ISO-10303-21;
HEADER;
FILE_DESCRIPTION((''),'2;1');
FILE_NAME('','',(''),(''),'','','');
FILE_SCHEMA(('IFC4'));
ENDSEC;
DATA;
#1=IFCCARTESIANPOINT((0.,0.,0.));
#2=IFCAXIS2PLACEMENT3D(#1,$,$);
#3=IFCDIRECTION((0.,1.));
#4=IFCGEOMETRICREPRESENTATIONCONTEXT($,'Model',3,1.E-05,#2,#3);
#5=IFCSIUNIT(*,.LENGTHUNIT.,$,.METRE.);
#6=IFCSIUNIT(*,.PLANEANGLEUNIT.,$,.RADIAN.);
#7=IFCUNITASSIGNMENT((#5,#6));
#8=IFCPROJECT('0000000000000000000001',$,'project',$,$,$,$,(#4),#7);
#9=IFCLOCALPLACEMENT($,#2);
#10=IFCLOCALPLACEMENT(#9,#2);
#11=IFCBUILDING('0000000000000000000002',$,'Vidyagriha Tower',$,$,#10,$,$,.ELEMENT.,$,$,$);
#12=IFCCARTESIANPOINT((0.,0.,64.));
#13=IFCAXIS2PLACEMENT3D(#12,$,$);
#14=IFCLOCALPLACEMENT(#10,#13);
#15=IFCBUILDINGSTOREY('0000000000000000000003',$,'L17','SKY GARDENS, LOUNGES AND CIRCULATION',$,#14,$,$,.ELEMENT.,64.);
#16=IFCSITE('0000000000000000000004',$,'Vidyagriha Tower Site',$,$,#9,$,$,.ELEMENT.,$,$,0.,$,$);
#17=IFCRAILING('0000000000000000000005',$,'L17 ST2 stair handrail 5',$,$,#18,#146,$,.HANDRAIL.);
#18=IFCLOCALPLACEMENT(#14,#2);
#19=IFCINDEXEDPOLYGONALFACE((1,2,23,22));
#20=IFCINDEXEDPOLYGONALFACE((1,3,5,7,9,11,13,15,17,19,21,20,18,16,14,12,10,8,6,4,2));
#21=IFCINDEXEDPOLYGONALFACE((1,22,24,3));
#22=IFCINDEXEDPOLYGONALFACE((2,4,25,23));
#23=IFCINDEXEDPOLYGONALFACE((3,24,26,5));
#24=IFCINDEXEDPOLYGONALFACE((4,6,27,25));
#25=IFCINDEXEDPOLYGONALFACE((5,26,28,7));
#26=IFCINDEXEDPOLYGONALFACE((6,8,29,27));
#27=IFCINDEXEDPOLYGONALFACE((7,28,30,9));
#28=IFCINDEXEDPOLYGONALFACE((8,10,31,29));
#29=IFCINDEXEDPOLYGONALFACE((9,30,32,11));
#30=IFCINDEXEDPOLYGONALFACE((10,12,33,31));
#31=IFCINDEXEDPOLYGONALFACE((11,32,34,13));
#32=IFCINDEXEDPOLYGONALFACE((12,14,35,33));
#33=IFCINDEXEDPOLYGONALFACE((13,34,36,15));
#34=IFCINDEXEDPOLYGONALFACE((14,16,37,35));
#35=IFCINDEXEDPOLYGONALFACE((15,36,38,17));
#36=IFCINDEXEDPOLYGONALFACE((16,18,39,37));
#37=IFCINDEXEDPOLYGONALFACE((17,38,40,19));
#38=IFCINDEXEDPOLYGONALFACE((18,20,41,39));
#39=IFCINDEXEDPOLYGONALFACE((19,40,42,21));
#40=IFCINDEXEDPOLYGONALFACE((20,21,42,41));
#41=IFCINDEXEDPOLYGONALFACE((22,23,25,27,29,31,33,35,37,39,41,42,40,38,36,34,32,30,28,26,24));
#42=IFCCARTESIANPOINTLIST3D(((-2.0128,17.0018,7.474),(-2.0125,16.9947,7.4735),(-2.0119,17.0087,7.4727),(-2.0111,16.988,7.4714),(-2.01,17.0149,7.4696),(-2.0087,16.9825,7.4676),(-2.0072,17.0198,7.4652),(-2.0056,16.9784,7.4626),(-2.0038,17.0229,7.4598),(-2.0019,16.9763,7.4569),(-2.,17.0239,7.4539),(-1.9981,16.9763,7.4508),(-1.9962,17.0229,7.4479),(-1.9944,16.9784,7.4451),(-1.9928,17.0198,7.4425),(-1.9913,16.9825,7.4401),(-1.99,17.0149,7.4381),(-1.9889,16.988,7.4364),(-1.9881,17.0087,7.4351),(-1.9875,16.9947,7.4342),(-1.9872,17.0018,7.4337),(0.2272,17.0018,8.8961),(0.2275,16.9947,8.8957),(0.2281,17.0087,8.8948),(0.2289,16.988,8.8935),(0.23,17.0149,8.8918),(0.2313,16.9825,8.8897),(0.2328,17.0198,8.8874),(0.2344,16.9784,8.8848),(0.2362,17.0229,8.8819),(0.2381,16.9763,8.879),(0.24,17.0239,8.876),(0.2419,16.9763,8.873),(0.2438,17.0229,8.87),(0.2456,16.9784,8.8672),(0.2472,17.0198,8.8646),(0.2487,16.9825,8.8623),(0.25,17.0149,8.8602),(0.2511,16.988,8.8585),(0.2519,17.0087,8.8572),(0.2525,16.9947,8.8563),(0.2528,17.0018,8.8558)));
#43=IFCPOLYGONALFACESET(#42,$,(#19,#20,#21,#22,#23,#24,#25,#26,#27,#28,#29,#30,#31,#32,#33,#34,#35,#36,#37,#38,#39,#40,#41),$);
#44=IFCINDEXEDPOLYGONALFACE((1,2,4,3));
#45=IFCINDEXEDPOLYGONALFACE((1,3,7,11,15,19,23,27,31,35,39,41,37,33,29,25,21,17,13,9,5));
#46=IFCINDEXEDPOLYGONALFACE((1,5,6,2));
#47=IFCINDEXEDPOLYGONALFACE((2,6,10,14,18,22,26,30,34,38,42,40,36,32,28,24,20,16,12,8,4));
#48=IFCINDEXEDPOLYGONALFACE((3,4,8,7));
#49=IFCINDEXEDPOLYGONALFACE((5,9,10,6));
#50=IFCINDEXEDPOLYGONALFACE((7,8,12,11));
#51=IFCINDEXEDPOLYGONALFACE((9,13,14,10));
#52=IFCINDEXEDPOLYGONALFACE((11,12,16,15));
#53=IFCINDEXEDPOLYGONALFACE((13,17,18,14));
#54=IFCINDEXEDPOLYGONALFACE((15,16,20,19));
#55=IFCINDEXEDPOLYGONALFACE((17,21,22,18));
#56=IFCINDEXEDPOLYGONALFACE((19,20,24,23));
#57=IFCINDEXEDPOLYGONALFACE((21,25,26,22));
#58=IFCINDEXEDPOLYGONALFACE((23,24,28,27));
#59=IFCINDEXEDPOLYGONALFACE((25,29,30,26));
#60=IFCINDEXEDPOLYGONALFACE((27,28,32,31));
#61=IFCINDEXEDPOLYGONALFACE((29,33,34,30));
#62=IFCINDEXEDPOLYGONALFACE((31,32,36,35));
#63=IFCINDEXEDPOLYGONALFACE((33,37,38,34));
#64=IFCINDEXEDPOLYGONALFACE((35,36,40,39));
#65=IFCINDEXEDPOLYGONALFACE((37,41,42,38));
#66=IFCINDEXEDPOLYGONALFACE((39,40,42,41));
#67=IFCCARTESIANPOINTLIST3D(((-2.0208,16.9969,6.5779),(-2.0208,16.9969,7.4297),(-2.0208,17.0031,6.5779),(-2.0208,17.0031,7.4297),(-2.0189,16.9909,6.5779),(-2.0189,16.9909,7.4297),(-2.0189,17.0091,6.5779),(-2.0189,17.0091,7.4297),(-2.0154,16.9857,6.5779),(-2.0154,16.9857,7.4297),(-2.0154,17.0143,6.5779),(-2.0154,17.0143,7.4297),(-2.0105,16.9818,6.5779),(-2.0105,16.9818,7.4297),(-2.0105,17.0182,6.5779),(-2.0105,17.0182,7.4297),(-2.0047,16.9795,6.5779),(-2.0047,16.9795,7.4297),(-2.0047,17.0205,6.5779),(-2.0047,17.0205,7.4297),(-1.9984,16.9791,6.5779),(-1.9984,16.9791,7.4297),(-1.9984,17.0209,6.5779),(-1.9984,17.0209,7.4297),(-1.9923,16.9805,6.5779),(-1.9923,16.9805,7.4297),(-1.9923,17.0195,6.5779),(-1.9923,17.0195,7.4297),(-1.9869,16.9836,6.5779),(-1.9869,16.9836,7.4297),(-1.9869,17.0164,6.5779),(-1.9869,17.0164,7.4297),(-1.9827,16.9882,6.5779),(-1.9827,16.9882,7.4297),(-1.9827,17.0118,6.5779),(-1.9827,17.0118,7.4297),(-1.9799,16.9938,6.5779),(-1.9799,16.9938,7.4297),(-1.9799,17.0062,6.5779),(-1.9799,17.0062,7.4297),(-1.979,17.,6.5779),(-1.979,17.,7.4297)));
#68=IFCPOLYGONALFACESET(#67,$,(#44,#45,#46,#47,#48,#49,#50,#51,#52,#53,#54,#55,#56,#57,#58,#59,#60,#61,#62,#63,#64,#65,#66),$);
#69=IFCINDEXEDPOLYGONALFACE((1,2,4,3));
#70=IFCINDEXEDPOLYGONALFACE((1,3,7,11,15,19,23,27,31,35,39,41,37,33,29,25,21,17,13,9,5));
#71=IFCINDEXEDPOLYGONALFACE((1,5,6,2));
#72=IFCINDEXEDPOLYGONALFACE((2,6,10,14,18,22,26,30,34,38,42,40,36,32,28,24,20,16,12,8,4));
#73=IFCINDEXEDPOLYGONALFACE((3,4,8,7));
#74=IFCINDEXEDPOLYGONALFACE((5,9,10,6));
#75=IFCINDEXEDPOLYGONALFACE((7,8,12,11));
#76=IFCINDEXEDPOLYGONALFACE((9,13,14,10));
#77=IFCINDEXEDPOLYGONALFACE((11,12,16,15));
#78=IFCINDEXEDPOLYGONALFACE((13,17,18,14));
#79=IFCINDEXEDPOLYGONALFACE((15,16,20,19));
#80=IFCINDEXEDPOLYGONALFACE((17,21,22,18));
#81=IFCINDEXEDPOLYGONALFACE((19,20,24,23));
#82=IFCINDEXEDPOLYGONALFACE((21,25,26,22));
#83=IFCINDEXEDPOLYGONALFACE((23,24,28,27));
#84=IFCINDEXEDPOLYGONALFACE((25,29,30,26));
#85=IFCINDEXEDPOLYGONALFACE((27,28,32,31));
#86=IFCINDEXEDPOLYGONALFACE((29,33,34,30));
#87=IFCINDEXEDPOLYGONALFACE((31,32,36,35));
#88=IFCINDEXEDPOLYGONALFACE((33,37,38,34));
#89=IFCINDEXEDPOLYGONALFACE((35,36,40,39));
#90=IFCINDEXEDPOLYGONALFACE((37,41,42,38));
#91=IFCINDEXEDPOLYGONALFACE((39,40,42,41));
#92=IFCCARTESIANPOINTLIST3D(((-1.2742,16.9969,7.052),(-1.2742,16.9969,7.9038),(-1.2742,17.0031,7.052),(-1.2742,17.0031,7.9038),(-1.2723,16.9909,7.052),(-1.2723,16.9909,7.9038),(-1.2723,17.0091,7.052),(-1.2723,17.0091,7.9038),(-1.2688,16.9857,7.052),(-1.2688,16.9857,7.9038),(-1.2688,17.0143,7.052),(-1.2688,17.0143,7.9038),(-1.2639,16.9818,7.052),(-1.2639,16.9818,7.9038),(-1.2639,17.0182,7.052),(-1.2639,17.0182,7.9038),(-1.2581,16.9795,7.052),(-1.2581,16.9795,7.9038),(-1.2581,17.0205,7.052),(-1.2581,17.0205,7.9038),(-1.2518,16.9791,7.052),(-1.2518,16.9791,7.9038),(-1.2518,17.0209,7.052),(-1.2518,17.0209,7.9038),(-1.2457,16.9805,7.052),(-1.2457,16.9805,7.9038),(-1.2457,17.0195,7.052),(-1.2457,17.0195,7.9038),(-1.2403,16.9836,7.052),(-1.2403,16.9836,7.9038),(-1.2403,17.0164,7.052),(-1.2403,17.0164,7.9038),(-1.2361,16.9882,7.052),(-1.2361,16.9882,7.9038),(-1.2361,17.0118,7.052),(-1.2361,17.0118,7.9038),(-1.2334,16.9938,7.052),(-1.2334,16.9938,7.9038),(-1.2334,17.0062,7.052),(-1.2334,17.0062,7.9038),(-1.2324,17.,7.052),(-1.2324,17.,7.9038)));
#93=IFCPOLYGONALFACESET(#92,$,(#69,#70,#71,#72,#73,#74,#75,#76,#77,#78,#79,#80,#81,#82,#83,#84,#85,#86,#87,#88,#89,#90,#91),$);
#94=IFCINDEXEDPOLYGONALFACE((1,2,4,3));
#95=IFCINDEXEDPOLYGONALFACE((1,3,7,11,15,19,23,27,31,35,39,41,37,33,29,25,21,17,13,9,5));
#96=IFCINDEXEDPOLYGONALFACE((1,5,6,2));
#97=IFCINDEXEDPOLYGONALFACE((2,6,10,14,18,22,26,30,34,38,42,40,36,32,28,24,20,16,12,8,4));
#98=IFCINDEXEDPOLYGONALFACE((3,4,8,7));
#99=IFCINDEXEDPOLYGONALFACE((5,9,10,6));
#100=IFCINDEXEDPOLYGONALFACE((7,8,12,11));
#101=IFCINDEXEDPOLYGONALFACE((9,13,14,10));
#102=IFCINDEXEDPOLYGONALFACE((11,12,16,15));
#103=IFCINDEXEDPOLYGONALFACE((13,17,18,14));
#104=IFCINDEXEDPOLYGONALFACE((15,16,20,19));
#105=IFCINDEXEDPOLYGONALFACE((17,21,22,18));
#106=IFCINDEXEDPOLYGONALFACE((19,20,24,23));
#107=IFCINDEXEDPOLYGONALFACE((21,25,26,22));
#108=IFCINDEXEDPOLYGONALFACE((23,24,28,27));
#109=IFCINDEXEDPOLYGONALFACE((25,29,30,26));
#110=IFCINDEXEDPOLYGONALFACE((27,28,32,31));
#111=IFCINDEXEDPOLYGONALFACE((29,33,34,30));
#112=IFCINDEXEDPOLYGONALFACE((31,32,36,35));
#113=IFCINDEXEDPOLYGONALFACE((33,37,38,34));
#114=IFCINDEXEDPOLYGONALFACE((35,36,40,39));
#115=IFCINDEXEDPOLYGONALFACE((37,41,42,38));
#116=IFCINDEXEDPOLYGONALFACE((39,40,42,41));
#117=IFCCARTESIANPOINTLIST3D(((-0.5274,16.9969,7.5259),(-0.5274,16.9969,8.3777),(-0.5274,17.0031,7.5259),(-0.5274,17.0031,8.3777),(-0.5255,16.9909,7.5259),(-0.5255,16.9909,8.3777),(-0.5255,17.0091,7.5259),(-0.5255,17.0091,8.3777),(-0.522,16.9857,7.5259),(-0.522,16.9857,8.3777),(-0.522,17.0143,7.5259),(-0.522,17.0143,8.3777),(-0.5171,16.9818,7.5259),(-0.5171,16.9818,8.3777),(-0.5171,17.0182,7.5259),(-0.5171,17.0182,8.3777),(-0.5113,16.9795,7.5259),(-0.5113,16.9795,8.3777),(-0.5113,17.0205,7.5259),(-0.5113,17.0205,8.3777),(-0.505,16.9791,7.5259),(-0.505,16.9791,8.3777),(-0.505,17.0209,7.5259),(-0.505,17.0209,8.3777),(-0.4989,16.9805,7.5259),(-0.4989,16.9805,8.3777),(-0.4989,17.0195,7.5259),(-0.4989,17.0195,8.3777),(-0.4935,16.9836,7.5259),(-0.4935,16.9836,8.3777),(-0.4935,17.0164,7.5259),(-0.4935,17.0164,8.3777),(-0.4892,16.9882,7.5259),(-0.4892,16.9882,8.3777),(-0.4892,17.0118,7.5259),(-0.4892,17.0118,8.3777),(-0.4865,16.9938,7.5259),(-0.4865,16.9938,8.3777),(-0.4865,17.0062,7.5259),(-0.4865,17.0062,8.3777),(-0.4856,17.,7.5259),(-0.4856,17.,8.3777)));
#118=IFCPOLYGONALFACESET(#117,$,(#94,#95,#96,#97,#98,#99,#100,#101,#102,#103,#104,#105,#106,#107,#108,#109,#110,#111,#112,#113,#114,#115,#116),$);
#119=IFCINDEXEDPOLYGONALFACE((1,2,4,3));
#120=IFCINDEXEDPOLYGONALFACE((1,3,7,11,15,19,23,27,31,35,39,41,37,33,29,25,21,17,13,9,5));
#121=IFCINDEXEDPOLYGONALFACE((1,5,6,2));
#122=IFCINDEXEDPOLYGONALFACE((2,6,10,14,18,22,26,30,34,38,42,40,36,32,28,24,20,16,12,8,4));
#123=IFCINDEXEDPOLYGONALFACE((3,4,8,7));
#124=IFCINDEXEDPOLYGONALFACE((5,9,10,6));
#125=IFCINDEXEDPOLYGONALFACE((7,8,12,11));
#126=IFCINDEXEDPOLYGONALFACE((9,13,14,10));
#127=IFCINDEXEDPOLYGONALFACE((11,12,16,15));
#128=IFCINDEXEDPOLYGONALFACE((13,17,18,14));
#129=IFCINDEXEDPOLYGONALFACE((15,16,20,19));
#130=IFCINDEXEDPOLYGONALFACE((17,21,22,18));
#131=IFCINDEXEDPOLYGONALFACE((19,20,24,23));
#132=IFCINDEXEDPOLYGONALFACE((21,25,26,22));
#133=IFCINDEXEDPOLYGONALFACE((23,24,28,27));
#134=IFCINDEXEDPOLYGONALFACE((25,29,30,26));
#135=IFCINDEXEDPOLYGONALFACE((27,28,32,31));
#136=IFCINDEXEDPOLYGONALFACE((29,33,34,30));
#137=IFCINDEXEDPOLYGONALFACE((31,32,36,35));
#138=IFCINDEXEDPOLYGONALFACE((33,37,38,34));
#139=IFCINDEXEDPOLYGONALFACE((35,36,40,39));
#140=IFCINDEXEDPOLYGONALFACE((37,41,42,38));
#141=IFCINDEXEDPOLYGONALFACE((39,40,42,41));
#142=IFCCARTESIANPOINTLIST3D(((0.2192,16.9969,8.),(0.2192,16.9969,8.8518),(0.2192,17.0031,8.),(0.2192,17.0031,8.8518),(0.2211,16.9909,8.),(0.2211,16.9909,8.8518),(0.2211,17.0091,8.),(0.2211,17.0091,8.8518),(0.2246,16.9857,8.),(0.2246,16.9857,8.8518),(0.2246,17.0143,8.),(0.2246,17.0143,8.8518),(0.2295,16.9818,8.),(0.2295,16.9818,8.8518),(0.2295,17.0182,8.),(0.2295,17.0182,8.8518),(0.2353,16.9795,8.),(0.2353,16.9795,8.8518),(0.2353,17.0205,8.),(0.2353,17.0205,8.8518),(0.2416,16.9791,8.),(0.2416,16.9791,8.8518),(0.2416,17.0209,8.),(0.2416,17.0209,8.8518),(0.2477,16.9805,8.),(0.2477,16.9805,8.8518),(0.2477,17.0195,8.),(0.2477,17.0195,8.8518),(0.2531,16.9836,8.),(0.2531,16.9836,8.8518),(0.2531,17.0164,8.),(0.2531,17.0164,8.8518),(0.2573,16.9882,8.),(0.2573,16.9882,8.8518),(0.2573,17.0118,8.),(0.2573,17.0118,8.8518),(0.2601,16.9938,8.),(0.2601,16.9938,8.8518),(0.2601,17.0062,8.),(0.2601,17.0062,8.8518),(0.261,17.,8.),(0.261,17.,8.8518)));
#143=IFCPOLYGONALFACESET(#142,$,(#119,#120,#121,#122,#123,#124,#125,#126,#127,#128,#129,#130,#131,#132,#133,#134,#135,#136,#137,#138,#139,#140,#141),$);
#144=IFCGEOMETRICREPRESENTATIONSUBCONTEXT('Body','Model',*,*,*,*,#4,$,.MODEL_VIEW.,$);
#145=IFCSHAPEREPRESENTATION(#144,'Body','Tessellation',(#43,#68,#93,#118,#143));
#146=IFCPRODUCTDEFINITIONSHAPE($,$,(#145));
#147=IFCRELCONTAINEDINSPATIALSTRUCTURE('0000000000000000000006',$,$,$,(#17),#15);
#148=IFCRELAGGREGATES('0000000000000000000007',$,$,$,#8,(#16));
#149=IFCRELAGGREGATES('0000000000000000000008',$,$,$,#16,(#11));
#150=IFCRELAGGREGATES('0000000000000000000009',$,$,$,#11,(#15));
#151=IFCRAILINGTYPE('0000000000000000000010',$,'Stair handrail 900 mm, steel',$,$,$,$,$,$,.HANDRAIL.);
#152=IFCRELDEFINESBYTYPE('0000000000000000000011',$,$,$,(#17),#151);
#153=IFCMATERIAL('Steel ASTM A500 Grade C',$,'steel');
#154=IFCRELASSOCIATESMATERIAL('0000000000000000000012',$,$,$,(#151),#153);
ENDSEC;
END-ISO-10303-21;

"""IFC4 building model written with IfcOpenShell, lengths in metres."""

from ifc_helpers import new_model, si_unit, direction, frame, origin, origin_2d, place, context, subcontext, project, spatial, circle, extrude, material, type_object, element, save


model = new_model("IFC4")

# Units and contexts
model_context = context("Model", 3, precision=1e-05, world=origin(), true_north=direction((0.0, 1.0)))
body_context = subcontext(model_context, "Body", "Model", "MODEL_VIEW")
ifc_project = project(units=[si_unit("LENGTHUNIT", "METRE"), si_unit("PLANEANGLEUNIT", "RADIAN")], contexts=[model_context])

# Site, building, storey
site_placement = place(None, origin())
site = spatial("IfcSite", under=ifc_project, at=site_placement, Name="Vidyagriha Tower Site", CompositionType="ELEMENT", RefElevation=0.0)
building_placement = place(site_placement, origin())
building = spatial("IfcBuilding", under=site, at=building_placement, Name="Vidyagriha Tower", CompositionType="ELEMENT")
storey_placement = place(building_placement, frame((0.0, 0.0, 64.0)))
storey = spatial("IfcBuildingStorey", under=building, at=storey_placement, Name="L17", Description="SKY GARDENS, LOUNGES AND CIRCULATION", CompositionType="ELEMENT", Elevation=64.0)

# Railing
ifc_material_1 = material(Name="Steel ASTM A500 Grade C", Category="steel")
railing_type_1 = type_object("IfcRailingType", Name="Stair handrail 900 mm, steel", PredefinedType="HANDRAIL", material=ifc_material_1)
railing_1_placement = place(storey_placement, frame((-2.0, 17.0, 6.5779)))
element("IfcRailing", 1, at=railing_1_placement, inside=storey, type_object=railing_type_1, Name="L17 ST2 stair handrail 5", PredefinedType="HANDRAIL", context=body_context, shape_type="SweptSolid", body=[
    extrude(circle(Radius=0.0239, at=origin_2d()), frame((0.0, 0.0, 0.876), z_axis=(0.844229, 0.0, 0.535982), x_axis=(0.0, 1.0, 0.0)), (0.0, 0.0, 1.0), 2.6533),
    extrude(circle(Radius=0.021, at=origin_2d()), origin(), (0.0, 0.0, 1.0), 0.8518),
    extrude(circle(Radius=0.021, at=origin_2d()), frame((0.7466, 0.0, 0.4741)), (0.0, 0.0, 1.0), 0.8518),
    extrude(circle(Radius=0.021, at=origin_2d()), frame((1.4934, 0.0, 0.948)), (0.0, 0.0, 1.0), 0.8518),
    extrude(circle(Radius=0.021, at=origin_2d()), frame((2.24, 0.0, 1.4221)), (0.0, 0.0, 1.0), 0.8518),
])

save(model, "model.ifc")
